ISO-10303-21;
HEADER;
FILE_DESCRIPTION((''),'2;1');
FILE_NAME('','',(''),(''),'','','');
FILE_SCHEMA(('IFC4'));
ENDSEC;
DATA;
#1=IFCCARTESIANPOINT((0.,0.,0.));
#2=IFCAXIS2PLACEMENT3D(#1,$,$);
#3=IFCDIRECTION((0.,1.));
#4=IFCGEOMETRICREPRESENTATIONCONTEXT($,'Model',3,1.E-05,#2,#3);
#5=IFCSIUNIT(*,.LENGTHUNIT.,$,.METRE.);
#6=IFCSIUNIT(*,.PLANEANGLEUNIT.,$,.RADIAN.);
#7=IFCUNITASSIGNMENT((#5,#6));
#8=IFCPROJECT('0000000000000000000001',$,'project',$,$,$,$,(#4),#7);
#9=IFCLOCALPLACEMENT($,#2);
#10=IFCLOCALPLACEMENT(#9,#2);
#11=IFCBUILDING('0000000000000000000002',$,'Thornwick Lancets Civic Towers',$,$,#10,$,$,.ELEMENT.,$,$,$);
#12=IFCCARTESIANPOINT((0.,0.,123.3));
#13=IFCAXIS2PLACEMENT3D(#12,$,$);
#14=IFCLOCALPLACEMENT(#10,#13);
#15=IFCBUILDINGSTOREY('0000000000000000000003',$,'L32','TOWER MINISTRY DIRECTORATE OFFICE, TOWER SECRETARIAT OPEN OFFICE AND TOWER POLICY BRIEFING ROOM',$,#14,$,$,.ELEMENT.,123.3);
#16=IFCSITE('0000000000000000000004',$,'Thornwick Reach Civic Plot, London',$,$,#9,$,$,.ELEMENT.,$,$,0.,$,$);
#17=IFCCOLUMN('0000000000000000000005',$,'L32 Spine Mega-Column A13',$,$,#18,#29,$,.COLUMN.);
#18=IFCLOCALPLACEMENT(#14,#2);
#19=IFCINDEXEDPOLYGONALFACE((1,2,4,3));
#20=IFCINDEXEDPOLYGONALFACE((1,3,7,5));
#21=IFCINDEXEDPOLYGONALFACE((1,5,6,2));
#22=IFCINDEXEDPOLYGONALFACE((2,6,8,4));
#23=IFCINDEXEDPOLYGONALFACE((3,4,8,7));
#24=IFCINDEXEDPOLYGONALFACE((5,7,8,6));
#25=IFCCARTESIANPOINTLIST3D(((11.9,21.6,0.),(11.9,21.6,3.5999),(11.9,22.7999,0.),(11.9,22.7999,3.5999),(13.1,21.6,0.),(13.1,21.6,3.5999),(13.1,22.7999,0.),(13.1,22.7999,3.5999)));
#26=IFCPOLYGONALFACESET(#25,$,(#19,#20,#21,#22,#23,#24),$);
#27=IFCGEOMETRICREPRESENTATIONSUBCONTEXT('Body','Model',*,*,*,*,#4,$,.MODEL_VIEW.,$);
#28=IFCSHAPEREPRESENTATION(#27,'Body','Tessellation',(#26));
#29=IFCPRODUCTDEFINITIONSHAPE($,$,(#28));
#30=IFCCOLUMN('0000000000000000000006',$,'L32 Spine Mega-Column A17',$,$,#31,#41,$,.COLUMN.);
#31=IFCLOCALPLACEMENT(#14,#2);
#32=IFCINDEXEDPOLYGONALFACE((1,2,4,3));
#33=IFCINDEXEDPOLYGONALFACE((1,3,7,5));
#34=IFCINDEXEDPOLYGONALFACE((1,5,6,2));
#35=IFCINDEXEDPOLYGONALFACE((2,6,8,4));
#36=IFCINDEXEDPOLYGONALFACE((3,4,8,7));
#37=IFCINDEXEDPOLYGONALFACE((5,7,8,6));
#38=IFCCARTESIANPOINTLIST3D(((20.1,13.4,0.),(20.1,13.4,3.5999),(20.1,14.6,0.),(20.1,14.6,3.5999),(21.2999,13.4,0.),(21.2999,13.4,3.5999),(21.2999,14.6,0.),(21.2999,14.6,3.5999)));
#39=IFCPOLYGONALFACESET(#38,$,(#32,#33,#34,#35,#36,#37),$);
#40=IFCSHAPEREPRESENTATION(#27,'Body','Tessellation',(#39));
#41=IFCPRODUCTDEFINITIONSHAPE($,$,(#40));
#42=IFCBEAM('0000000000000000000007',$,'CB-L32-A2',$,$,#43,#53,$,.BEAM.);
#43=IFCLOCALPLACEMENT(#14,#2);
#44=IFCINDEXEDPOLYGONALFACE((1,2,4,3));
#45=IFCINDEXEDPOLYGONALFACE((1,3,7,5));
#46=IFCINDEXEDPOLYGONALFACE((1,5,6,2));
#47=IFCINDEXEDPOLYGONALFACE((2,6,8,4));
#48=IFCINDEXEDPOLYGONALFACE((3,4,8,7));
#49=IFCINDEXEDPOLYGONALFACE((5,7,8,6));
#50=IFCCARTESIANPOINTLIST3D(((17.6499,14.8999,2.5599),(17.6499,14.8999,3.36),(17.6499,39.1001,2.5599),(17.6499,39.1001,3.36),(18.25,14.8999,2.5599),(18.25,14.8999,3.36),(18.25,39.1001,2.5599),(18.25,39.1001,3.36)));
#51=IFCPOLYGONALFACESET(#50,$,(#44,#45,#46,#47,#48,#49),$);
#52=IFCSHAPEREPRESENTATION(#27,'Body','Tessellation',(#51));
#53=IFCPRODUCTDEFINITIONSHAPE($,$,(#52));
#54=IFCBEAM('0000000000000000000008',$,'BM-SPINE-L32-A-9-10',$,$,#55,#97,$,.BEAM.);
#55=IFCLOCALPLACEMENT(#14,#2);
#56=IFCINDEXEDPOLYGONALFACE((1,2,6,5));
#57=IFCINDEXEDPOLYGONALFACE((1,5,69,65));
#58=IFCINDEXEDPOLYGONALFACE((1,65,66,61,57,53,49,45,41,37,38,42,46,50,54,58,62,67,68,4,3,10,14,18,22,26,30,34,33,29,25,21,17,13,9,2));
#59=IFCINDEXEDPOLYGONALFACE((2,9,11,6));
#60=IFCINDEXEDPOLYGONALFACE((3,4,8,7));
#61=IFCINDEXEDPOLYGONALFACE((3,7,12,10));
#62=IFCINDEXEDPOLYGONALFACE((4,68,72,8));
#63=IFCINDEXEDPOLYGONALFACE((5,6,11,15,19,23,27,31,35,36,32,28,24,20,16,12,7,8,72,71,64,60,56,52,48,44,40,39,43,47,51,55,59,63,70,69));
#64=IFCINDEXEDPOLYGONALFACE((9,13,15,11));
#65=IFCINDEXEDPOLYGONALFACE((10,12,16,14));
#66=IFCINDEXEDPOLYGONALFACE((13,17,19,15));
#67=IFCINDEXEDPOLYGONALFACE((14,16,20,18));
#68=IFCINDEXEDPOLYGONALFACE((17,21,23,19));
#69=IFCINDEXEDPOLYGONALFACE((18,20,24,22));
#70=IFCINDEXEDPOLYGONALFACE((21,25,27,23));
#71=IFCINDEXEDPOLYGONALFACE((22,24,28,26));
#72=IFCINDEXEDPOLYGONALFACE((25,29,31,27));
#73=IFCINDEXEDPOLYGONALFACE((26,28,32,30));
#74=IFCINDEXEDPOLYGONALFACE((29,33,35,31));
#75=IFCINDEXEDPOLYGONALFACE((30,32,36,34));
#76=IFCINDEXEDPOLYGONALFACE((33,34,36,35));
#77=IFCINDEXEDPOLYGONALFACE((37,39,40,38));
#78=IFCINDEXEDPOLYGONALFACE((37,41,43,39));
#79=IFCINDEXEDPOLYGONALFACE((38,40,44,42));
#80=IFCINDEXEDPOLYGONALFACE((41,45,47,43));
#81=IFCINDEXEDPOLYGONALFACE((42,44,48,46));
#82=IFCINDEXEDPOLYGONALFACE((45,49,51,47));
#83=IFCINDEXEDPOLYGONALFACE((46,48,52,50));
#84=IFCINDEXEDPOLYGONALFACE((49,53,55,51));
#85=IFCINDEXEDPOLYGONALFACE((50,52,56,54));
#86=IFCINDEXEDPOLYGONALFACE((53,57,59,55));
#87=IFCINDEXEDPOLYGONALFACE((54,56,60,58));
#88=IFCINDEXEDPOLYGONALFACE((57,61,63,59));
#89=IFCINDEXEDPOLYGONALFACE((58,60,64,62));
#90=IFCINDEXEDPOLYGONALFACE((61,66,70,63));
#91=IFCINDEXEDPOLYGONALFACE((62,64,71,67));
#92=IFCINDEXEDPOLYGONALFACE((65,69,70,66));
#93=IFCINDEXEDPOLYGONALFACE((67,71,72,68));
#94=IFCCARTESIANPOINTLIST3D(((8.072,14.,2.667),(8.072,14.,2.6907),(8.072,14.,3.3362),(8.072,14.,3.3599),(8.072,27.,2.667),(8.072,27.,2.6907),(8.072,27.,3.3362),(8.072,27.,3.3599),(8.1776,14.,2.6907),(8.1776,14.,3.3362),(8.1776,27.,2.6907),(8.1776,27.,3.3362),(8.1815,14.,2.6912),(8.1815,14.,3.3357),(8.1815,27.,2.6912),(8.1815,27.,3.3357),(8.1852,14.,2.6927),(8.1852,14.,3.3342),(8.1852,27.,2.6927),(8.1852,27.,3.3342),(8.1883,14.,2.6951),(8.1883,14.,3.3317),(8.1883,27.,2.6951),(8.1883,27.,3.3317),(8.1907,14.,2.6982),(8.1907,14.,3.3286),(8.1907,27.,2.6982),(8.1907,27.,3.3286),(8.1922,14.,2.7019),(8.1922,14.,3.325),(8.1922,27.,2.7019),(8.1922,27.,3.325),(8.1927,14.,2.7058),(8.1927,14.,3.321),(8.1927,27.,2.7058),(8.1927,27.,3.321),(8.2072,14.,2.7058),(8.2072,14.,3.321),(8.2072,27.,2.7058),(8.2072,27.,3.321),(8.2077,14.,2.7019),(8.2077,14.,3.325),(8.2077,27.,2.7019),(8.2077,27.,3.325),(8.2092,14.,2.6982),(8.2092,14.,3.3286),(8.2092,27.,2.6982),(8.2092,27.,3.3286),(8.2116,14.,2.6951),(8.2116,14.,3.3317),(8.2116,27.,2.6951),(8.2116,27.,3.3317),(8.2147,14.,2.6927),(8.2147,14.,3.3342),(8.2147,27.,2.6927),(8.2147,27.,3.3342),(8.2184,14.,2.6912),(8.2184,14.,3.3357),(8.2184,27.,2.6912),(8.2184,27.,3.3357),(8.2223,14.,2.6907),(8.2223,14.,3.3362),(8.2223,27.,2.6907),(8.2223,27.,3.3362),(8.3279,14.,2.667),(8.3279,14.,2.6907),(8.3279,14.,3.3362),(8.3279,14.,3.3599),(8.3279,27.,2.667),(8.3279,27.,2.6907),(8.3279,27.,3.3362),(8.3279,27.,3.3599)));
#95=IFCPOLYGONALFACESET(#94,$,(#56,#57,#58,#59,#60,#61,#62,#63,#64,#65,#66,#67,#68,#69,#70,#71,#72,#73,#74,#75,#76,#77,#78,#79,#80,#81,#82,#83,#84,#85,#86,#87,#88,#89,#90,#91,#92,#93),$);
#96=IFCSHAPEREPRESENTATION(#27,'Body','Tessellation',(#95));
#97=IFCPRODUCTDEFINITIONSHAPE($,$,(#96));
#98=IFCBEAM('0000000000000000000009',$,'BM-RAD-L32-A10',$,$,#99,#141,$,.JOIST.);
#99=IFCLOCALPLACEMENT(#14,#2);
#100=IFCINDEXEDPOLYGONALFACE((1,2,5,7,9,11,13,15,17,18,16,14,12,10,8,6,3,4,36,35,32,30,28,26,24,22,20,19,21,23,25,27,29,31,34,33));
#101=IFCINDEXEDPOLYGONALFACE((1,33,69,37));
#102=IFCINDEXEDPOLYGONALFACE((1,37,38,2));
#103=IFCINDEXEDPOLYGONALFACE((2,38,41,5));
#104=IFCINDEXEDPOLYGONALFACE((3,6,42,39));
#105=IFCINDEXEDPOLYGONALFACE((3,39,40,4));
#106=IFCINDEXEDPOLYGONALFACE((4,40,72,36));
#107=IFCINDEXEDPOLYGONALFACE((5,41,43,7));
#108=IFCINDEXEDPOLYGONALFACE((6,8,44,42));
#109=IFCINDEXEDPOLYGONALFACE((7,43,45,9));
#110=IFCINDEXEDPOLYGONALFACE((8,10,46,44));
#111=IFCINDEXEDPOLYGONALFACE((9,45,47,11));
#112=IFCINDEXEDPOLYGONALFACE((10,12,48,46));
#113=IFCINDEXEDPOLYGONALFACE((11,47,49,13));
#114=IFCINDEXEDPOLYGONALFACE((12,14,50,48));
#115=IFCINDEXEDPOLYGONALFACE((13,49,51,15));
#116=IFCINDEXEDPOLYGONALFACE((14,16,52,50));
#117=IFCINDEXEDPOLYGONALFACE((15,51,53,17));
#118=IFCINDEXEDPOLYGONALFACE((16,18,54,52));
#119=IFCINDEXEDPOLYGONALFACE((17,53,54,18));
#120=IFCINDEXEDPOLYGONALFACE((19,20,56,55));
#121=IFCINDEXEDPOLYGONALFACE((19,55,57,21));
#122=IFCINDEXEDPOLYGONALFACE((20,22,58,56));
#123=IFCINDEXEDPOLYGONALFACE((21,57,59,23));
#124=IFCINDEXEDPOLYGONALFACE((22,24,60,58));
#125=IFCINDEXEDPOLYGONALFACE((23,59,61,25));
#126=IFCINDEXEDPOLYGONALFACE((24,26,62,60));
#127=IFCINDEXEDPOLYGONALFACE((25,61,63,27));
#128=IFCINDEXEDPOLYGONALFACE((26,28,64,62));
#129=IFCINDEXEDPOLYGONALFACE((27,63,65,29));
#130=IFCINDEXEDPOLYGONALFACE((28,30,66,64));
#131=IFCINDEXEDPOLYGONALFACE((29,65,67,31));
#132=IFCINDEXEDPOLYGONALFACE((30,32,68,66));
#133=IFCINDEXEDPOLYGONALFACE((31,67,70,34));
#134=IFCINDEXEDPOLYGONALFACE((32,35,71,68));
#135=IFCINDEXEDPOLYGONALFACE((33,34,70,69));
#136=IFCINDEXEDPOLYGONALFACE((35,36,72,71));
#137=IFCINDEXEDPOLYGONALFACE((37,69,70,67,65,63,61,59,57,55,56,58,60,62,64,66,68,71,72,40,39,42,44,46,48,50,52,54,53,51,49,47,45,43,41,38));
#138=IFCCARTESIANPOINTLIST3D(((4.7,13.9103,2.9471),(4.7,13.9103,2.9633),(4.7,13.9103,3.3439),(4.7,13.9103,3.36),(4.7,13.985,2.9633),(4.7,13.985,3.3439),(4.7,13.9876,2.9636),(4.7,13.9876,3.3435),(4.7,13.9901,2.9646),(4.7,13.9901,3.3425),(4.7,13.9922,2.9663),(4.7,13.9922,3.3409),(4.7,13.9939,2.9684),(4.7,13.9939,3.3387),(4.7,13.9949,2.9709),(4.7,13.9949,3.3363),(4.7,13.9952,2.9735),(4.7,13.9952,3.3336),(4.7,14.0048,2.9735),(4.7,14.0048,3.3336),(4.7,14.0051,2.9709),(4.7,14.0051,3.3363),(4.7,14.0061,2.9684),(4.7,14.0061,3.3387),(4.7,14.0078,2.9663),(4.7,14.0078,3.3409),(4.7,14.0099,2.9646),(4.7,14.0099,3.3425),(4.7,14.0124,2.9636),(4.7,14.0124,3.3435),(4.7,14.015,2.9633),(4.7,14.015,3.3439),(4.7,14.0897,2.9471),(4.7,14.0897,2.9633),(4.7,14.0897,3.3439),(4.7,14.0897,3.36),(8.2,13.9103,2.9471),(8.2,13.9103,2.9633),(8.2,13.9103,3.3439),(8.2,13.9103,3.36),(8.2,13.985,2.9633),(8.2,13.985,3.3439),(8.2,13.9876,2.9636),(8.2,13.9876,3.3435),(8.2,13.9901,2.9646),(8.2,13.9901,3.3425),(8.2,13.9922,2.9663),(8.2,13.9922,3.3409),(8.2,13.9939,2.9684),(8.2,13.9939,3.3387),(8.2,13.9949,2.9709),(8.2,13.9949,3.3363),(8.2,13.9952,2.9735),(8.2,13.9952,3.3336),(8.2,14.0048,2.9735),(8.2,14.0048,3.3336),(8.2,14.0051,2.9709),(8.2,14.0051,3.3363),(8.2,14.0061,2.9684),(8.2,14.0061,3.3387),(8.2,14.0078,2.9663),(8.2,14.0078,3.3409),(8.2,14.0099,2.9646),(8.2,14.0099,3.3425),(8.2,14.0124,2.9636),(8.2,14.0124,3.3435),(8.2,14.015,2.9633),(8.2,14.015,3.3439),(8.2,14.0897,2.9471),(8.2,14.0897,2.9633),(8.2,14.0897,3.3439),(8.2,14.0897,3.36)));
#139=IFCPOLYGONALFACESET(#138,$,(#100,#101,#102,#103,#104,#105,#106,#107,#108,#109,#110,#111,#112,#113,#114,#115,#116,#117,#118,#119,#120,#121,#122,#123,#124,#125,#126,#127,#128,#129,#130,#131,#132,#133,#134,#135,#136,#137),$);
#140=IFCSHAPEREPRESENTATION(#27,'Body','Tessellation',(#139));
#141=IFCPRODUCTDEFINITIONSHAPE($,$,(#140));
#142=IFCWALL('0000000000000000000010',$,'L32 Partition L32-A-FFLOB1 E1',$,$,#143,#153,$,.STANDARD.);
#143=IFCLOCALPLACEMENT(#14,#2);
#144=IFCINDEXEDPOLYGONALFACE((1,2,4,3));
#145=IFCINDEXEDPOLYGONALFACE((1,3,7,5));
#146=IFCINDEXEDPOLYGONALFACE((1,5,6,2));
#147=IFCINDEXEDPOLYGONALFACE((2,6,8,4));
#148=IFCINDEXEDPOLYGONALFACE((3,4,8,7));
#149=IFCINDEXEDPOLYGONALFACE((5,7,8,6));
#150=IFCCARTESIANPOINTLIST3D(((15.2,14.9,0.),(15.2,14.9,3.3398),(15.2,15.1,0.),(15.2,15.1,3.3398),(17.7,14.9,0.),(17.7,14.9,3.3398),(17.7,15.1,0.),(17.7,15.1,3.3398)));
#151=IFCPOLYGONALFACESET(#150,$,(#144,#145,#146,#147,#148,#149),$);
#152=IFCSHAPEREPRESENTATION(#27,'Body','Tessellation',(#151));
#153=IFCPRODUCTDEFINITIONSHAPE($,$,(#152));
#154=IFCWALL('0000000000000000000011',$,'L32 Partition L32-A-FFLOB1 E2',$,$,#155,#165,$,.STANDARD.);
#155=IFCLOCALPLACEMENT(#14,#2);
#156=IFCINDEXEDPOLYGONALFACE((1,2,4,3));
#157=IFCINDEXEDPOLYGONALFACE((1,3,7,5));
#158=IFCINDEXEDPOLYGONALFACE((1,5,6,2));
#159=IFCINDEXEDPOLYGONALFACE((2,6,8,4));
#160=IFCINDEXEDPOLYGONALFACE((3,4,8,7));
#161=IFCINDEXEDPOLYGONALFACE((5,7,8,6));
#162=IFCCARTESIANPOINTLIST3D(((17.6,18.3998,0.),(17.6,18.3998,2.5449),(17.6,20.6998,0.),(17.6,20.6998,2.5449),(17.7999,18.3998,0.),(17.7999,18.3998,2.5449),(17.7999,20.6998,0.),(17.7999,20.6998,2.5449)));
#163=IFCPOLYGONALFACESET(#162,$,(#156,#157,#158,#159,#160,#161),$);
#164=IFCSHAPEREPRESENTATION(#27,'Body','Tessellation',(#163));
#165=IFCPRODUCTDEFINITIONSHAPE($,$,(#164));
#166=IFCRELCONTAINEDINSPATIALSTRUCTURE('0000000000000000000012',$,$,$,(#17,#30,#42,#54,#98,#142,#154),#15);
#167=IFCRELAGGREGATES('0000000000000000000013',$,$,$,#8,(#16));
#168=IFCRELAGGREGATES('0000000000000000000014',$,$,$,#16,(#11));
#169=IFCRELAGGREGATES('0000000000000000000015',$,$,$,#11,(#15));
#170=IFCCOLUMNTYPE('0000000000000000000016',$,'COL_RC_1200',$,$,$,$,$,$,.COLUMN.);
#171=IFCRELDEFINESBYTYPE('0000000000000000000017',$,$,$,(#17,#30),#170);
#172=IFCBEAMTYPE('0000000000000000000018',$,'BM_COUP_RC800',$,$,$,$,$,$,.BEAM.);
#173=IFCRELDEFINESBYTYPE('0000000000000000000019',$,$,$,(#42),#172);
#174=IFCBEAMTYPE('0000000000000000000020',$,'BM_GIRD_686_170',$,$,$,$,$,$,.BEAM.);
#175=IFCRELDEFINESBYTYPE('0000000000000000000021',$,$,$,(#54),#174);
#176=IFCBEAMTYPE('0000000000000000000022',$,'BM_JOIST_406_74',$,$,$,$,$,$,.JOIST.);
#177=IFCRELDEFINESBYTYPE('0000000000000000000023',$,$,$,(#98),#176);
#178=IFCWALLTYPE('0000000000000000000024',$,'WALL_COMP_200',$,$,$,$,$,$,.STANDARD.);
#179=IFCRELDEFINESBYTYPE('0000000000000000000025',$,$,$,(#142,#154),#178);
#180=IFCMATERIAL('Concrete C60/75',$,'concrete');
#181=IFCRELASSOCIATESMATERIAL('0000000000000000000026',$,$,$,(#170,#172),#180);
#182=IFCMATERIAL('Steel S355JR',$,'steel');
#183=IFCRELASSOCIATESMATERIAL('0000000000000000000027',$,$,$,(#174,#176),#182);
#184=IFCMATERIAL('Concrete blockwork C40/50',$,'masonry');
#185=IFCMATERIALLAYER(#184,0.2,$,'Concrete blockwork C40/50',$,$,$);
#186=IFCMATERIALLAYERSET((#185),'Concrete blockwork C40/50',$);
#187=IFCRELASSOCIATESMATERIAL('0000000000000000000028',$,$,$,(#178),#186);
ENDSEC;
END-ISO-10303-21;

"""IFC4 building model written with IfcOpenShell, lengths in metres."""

from ifc_helpers import new_model, si_unit, direction, frame, frame_2d, origin, origin_2d, place, context, subcontext, project, spatial, rectangle, i_section, extrude, material, layer, layer_set, material_profile, profile_set, type_object, element, save


model = new_model("IFC4")

# Units and contexts
model_context = context("Model", 3, precision=1e-05, world=origin(), true_north=direction((0.0, 1.0)))
body_context = subcontext(model_context, "Body", "Model", "MODEL_VIEW")
ifc_project = project(units=[si_unit("LENGTHUNIT", "METRE"), si_unit("PLANEANGLEUNIT", "RADIAN")], contexts=[model_context])

# Site, building, storey
site_placement = place(None, origin())
site = spatial("IfcSite", under=ifc_project, at=site_placement, Name="Thornwick Reach Civic Plot, London", CompositionType="ELEMENT", RefElevation=0.0)
building_placement = place(site_placement, origin())
building = spatial("IfcBuilding", under=site, at=building_placement, Name="Thornwick Lancets Civic Towers", CompositionType="ELEMENT")
storey_placement = place(building_placement, frame((0.0, 0.0, 123.3)))
storey = spatial("IfcBuildingStorey", under=building, at=storey_placement, Name="L32", Description="TOWER MINISTRY DIRECTORATE OFFICE, TOWER SECRETARIAT OPEN OFFICE AND TOWER POLICY BRIEFING ROOM", CompositionType="ELEMENT", Elevation=123.3)

# Columns
ifc_material_1 = material(Name="Concrete C60/75", Category="concrete")
ifc_material_profile_1 = material_profile(ifc_material_1, rectangle(XDim=1.2, YDim=1.2, at=origin_2d()), Name="RC 1200x1200")
ifc_profile_set_1 = profile_set([ifc_material_profile_1], Name="Concrete C60/75")
column_type = type_object("IfcColumnType", Name="COL_RC_1200", PredefinedType="COLUMN", material=ifc_profile_set_1)
for number, where, z_axis, x_axis, name in (
    (1, (12.5, 22.2, 0.0), (0.0, 0.0, 1.0), (1.0, 0.0, 0.0), "L32 Spine Mega-Column A13"),
    (2, (20.7, 14.0, 0.0), (0.0, 0.0, 1.0), (1.0, 0.0, 0.0), "L32 Spine Mega-Column A17"),
):
    element("IfcColumn", number, at=place(storey_placement, frame(where, z_axis=z_axis, x_axis=x_axis)), inside=storey, type_object=column_type, Name=name, PredefinedType="COLUMN", context=body_context, shape_type="SweptSolid", body=[
        extrude(rectangle(XDim=1.2, YDim=1.2, at=origin_2d()), origin(), (0.0, 0.0, 1.0), 3.5999),
    ])

# Beams
ifc_material_profile_2 = material_profile(ifc_material_1, rectangle(XDim=0.6001, YDim=0.8, at=origin_2d()), Name="RC 600x800")
ifc_profile_set_2 = profile_set([ifc_material_profile_2], Name="Concrete C60/75")
beam_type_1 = type_object("IfcBeamType", Name="BM_COUP_RC800", PredefinedType="BEAM", material=ifc_profile_set_2)
beam_1_placement = place(storey_placement, frame((17.95, 14.8999, 2.96), z_axis=(0.0, 1.0, 0.0), x_axis=(-1.0, 0.0, 0.0)))
element("IfcBeam", 3, at=beam_1_placement, inside=storey, type_object=beam_type_1, Name="CB-L32-A2", PredefinedType="BEAM", context=body_context, shape_type="SweptSolid", body=[
    extrude(rectangle(XDim=0.6001, YDim=0.8, at=origin_2d()), origin(), (0.0, 0.0, 1.0), 24.2002),
])
ifc_material_2 = material(Name="Steel S355JR", Category="steel")
ifc_material_profile_3 = material_profile(ifc_material_2, i_section(OverallWidth=0.2559, OverallDepth=0.6929, WebThickness=0.0144, FlangeThickness=0.0237, FilletRadius=0.0151, at=origin_2d()), Name="UKB 686x254x170")
ifc_profile_set_3 = profile_set([ifc_material_profile_3], Name="Steel S355JR")
beam_type_2 = type_object("IfcBeamType", Name="BM_GIRD_686_170", PredefinedType="BEAM", material=ifc_profile_set_3)
beam_2_placement = place(storey_placement, frame((8.2, 14.0, 3.0134), z_axis=(0.0, 1.0, 0.0), x_axis=(-1.0, 0.0, 0.0)))
element("IfcBeam", 4, at=beam_2_placement, inside=storey, type_object=beam_type_2, Name="BM-SPINE-L32-A-9-10", PredefinedType="BEAM", context=body_context, shape_type="SweptSolid", body=[
    extrude(i_section(OverallWidth=0.2559, OverallDepth=0.6929, WebThickness=0.0144, FlangeThickness=0.0237, FilletRadius=0.0151, at=origin_2d()), origin(), (0.0, 0.0, 1.0), 13.0),
])
ifc_material_profile_4 = material_profile(ifc_material_2, i_section(OverallWidth=0.1794, OverallDepth=0.4128, WebThickness=0.0095, FlangeThickness=0.0161, FilletRadius=0.0103, at=origin_2d()), Name="UKB 406x178x74")
ifc_profile_set_4 = profile_set([ifc_material_profile_4], Name="Steel S355JR")
beam_type_3 = type_object("IfcBeamType", Name="BM_JOIST_406_74", PredefinedType="JOIST", material=ifc_profile_set_4)
beam_3_placement = place(storey_placement, frame((8.2, 14.0, 3.1536), z_axis=(-1.0, 0.0, 0.0), x_axis=(0.0, -1.0, 0.0)))
element("IfcBeam", 5, at=beam_3_placement, inside=storey, type_object=beam_type_3, Name="BM-RAD-L32-A10", PredefinedType="JOIST", context=body_context, shape_type="SweptSolid", body=[
    extrude(i_section(OverallWidth=0.1794, OverallDepth=0.4128, WebThickness=0.0095, FlangeThickness=0.0161, FilletRadius=0.0103, at=origin_2d()), origin(), (0.0, 0.0, 1.0), 3.5),
])

# Walls
ifc_material_3 = material(Name="Concrete blockwork C40/50", Category="masonry")
ifc_layer_1 = layer(ifc_material_3, 0.2, Name="Concrete blockwork C40/50")
ifc_layer_set_1 = layer_set([ifc_layer_1], Name="Concrete blockwork C40/50")
wall_type_1 = type_object("IfcWallType", Name="WALL_COMP_200", PredefinedType="STANDARD", material=ifc_layer_set_1)
wall_1_placement = place(storey_placement, frame((15.2, 15.0, 0.0), z_axis=(0.0, 0.0, 1.0), x_axis=(1.0, 0.0, 0.0)))
element("IfcWall", 6, at=wall_1_placement, inside=storey, type_object=wall_type_1, Name="L32 Partition L32-A-FFLOB1 E1", PredefinedType="STANDARD", context=body_context, shape_type="SweptSolid", body=[
    extrude(rectangle(XDim=2.5, YDim=0.2, at=frame_2d((1.25, 0.0))), origin(), (0.0, 0.0, 1.0), 3.3398),
])
wall_2_placement = place(storey_placement, frame((17.7, 18.3999, 0.0), z_axis=(0.0, 0.0, 1.0), x_axis=(0.0, 1.0, 0.0)))
element("IfcWall", 7, at=wall_2_placement, inside=storey, type_object=wall_type_1, Name="L32 Partition L32-A-FFLOB1 E2", PredefinedType="STANDARD", context=body_context, shape_type="SweptSolid", body=[
    extrude(rectangle(XDim=2.3, YDim=0.2, at=frame_2d((1.1499, 0.0))), origin(), (0.0, 0.0, 1.0), 2.5449),
])

save(model, "model.ifc")
